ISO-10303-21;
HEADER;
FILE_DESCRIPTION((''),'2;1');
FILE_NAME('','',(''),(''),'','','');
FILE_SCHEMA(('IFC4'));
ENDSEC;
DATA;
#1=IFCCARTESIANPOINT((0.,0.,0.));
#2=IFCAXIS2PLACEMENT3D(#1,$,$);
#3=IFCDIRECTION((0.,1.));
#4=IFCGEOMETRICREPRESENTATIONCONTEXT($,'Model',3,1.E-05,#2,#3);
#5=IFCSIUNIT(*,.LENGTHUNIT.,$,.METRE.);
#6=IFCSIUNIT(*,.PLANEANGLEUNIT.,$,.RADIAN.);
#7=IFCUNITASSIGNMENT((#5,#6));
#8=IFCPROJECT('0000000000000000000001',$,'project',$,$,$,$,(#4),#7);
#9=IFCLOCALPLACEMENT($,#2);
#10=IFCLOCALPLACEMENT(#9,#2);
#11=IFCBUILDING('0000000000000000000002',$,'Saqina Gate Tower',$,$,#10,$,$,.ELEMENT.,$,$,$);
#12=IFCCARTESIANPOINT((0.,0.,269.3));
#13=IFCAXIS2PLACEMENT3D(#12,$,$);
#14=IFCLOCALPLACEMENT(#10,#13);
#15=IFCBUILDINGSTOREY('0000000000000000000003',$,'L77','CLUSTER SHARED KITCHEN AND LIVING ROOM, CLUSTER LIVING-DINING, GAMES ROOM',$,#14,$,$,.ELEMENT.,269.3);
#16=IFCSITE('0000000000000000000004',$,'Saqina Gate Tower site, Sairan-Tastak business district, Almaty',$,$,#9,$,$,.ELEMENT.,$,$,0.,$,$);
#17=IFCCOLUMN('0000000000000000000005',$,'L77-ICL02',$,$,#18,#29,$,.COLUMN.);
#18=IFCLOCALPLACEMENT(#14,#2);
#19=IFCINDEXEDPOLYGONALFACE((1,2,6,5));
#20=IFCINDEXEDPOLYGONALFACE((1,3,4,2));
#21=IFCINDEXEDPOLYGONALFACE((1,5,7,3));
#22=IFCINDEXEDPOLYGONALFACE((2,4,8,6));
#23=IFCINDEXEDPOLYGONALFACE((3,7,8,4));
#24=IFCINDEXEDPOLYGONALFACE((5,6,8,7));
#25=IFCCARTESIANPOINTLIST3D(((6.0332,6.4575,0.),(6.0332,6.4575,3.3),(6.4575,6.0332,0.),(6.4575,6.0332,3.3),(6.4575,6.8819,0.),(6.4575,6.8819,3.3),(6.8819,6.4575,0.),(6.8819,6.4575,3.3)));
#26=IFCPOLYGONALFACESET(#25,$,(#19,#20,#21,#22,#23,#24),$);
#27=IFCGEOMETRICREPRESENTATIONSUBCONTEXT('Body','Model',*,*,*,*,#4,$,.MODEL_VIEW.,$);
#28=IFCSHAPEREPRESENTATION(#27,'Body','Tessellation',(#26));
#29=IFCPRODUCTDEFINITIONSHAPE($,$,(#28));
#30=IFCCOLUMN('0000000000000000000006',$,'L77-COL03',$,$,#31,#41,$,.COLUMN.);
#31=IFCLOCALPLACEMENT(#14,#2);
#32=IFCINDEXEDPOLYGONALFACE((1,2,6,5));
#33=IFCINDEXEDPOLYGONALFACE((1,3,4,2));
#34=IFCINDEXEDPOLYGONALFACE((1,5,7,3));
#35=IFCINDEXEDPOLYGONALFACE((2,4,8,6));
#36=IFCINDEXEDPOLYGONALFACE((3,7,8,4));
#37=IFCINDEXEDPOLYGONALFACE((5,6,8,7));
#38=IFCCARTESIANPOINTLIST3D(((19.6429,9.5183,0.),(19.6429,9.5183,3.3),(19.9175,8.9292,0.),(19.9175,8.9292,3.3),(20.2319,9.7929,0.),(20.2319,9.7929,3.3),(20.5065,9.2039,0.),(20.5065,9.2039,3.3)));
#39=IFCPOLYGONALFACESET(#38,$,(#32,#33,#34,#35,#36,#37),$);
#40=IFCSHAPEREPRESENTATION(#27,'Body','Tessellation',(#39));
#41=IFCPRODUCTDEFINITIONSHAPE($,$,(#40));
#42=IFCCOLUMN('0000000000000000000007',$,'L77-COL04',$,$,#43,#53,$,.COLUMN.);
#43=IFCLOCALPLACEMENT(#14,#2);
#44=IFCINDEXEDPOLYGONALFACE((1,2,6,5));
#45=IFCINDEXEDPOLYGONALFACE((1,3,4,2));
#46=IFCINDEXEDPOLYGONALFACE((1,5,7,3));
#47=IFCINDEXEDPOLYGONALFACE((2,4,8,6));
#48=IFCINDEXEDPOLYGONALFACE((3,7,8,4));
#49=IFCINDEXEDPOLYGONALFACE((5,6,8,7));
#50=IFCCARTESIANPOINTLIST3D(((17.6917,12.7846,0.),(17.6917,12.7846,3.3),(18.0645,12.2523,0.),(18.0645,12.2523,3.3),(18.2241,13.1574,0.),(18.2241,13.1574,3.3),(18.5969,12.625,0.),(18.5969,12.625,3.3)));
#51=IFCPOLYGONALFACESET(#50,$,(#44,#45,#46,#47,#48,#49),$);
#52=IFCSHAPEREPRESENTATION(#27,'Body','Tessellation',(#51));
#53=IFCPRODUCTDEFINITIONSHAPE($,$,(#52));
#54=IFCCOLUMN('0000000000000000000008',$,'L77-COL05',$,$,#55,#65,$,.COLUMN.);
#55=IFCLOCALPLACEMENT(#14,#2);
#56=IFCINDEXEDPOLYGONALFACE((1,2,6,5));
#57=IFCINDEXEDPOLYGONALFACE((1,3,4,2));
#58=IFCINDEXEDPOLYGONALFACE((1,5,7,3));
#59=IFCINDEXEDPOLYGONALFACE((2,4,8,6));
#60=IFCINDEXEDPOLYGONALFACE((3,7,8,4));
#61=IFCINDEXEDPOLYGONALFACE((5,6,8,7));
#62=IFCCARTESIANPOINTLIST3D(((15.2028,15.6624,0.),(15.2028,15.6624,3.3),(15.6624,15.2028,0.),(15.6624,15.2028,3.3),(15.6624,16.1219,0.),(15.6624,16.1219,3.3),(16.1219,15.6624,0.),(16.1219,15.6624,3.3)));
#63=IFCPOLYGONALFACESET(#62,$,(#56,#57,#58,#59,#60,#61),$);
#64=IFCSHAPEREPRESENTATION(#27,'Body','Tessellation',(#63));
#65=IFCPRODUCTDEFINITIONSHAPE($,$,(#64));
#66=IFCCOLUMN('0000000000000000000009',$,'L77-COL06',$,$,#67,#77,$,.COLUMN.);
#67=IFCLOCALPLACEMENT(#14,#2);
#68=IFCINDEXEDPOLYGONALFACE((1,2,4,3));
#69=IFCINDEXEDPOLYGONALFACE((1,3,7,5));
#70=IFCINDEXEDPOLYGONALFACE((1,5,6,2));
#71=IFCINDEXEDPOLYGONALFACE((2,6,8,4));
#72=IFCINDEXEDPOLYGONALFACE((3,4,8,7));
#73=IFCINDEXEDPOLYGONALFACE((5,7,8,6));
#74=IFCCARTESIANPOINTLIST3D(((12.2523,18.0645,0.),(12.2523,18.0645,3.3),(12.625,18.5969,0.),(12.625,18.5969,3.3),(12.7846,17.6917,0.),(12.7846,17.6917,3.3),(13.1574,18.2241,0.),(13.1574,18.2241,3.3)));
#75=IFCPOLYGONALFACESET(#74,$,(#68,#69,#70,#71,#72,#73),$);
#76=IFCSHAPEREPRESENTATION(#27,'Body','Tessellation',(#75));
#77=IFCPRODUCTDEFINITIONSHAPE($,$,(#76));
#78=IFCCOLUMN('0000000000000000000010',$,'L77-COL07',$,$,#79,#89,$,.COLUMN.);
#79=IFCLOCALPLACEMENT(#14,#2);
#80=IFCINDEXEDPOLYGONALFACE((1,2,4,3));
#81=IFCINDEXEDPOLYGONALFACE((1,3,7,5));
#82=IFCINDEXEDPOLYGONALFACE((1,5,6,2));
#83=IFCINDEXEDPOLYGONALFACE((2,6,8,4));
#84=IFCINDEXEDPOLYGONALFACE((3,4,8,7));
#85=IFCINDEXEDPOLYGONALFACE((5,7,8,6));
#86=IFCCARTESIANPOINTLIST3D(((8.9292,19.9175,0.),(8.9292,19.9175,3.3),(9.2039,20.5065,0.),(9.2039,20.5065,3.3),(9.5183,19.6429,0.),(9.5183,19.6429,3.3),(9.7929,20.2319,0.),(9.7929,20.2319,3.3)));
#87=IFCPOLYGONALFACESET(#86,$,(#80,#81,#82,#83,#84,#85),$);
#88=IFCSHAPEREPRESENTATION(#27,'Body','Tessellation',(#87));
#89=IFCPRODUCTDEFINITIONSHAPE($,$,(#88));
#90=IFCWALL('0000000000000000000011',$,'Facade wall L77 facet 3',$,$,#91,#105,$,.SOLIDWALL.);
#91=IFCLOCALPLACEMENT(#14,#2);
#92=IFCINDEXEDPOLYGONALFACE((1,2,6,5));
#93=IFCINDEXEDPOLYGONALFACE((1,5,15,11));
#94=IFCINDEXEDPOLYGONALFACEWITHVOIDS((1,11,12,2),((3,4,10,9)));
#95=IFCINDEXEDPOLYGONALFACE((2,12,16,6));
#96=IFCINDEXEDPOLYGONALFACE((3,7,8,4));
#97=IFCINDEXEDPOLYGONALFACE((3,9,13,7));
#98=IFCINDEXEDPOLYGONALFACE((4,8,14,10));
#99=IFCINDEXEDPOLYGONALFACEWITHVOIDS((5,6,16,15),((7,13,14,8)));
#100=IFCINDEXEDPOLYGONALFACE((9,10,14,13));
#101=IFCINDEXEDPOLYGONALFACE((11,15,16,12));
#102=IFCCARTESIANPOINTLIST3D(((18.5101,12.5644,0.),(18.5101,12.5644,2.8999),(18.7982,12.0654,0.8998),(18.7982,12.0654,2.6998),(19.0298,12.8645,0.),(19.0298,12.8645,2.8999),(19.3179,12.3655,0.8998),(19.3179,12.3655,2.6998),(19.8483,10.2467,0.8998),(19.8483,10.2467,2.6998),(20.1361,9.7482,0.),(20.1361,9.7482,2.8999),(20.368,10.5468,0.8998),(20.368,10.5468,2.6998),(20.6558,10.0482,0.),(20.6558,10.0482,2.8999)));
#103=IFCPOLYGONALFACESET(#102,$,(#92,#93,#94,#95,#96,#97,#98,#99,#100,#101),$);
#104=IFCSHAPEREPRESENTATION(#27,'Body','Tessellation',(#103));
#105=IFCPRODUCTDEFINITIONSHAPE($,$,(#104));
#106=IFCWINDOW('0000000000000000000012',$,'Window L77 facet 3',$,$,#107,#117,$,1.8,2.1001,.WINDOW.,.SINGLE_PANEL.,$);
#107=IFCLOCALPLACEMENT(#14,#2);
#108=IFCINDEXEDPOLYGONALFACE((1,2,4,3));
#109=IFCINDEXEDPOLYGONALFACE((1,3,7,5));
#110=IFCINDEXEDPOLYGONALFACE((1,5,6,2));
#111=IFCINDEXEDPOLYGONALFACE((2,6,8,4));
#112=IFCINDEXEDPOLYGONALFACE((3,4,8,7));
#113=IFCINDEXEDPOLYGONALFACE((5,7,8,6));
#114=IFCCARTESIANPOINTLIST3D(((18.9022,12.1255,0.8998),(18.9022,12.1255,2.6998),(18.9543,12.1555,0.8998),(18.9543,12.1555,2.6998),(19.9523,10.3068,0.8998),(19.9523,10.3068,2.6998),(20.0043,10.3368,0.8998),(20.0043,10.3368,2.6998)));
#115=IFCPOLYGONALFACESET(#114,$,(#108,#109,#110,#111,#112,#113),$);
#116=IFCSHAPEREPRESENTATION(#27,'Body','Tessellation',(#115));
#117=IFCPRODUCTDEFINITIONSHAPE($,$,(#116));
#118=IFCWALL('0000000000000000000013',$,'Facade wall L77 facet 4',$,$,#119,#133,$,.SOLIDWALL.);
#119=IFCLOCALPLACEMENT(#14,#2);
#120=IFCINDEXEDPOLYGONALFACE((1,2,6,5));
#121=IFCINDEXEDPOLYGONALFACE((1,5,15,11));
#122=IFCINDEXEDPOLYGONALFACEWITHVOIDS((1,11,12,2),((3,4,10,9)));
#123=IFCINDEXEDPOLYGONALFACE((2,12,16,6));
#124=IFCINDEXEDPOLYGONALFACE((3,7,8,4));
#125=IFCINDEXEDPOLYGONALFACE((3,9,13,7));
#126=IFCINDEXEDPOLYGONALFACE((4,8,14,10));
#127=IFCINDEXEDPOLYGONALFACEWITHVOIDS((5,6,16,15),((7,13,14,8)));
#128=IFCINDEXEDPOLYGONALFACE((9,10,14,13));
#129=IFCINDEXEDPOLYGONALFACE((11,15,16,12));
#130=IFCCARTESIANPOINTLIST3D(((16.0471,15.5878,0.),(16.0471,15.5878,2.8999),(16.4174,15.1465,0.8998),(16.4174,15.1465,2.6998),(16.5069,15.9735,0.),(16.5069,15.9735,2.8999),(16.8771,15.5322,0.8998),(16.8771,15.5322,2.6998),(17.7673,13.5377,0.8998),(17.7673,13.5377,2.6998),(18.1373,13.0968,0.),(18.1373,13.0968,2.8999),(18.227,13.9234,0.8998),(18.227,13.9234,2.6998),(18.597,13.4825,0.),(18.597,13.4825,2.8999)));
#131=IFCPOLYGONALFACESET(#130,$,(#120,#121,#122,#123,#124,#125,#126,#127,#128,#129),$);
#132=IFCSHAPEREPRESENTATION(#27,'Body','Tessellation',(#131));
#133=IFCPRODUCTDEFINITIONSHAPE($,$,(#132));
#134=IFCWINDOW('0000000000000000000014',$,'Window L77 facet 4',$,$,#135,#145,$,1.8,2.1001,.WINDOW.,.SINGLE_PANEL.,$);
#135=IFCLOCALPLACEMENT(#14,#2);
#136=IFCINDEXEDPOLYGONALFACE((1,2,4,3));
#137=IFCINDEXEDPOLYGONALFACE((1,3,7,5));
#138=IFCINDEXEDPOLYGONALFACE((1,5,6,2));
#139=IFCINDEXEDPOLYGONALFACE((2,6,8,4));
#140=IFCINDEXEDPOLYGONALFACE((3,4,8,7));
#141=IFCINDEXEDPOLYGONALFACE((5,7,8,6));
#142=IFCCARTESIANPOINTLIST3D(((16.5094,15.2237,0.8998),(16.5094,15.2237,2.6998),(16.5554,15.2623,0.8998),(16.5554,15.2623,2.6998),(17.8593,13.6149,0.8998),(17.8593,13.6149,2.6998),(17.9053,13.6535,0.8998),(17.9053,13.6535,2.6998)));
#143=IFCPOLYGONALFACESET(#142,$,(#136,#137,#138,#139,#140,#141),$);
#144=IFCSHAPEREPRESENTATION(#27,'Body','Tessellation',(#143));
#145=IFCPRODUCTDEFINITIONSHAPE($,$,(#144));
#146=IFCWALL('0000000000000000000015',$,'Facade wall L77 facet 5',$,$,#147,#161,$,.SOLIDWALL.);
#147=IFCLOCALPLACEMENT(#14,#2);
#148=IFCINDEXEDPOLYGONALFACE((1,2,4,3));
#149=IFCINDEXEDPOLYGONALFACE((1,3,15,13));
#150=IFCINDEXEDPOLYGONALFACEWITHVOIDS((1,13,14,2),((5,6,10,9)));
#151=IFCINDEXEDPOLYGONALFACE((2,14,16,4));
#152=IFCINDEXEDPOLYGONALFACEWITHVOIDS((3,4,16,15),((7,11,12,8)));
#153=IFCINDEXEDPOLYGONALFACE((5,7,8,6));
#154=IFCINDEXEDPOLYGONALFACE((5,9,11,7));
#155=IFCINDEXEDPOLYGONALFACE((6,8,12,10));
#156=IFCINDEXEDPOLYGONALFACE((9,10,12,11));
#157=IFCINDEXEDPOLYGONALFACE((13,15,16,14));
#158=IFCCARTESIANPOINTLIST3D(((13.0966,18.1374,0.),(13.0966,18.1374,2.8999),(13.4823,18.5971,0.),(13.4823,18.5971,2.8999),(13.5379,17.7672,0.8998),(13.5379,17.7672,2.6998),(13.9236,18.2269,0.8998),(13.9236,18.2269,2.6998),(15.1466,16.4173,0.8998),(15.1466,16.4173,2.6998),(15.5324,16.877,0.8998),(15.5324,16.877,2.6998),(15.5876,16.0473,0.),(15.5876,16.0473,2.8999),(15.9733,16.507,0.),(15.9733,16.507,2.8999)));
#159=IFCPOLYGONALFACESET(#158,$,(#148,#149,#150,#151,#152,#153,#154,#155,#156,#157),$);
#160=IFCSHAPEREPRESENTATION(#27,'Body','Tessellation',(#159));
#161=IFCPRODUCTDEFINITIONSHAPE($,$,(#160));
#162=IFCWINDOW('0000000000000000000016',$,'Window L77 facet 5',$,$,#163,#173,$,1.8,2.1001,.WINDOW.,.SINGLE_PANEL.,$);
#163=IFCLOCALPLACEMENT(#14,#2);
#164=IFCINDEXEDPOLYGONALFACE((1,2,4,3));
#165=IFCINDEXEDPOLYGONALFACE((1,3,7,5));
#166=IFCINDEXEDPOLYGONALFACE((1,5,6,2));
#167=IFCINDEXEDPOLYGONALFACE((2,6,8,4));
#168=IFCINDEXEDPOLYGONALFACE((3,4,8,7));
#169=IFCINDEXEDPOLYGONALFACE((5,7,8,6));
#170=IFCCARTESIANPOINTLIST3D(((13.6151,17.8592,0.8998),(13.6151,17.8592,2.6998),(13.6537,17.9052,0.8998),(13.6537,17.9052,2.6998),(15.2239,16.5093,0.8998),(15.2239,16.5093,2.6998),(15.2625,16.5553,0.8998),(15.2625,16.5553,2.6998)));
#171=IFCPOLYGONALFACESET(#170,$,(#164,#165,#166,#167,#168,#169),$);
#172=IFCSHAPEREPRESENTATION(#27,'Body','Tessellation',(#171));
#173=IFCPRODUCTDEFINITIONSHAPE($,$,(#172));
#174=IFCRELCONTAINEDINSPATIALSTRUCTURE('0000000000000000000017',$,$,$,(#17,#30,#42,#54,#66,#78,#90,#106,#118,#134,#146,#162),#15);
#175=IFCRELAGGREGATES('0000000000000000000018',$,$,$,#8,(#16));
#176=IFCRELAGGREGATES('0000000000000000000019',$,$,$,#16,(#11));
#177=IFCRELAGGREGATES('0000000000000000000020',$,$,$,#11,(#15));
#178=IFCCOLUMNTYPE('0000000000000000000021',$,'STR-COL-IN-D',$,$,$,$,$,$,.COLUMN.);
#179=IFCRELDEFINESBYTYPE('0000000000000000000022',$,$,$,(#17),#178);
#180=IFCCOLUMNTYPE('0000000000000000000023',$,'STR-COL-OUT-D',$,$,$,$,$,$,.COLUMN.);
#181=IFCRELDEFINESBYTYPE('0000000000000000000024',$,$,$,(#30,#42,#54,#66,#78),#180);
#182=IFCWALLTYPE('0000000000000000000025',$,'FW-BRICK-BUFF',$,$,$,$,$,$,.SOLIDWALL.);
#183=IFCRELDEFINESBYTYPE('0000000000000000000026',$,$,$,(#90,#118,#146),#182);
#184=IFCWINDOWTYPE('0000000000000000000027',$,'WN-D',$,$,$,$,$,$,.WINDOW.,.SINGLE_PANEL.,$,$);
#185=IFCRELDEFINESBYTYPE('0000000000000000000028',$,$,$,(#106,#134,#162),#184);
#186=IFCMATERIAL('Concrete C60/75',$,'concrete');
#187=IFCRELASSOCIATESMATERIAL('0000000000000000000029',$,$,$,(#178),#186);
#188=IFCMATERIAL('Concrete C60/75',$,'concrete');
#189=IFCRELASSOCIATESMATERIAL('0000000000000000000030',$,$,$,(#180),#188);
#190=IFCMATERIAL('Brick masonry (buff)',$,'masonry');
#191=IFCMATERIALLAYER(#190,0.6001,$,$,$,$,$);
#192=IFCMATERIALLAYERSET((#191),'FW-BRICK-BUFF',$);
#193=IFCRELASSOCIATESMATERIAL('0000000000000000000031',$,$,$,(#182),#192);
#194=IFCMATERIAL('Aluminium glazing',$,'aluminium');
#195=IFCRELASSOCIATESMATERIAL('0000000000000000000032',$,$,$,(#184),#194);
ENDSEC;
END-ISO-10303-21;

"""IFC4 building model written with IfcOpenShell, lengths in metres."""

from ifc_helpers import new_model, si_unit, direction, frame, frame_2d, origin, origin_2d, place, context, subcontext, project, spatial, rectangle, extrude, material, layer, layer_set, material_profile, profile_set, type_object, element, fill, save


model = new_model("IFC4")

# Units and contexts
model_context = context("Model", 3, precision=1e-05, world=origin(), true_north=direction((0.0, 1.0)))
body_context = subcontext(model_context, "Body", "Model", "MODEL_VIEW")
ifc_project = project(units=[si_unit("LENGTHUNIT", "METRE"), si_unit("PLANEANGLEUNIT", "RADIAN")], contexts=[model_context])

# Site, building, storey
site_placement = place(None, origin())
site = spatial("IfcSite", under=ifc_project, at=site_placement, Name="Saqina Gate Tower site, Sairan-Tastak business district, Almaty", CompositionType="ELEMENT", RefElevation=0.0)
building_placement = place(site_placement, origin())
building = spatial("IfcBuilding", under=site, at=building_placement, Name="Saqina Gate Tower", CompositionType="ELEMENT")
storey_placement = place(building_placement, frame((0.0, 0.0, 269.3)))
storey = spatial("IfcBuildingStorey", under=building, at=storey_placement, Name="L77", Description="CLUSTER SHARED KITCHEN AND LIVING ROOM, CLUSTER LIVING-DINING, GAMES ROOM", CompositionType="ELEMENT", Elevation=269.3)

# Columns
ifc_material_1 = material(Name="Concrete C60/75", Category="concrete")
ifc_material_profile_1 = material_profile(ifc_material_1, rectangle(XDim=0.6001, YDim=0.6001, at=origin_2d()), Name="RC 600x600")
ifc_profile_set_1 = profile_set([ifc_material_profile_1], Name="Concrete C60/75")
column_type_1 = type_object("IfcColumnType", Name="STR-COL-IN-D", PredefinedType="COLUMN", material=ifc_profile_set_1)
column_placement = place(storey_placement, frame((6.4575, 6.4575, 0.0), z_axis=(0.0, 0.0, 1.0), x_axis=(0.707107, 0.707107, 0.0)))
element("IfcColumn", 1, at=column_placement, inside=storey, type_object=column_type_1, Name="L77-ICL02", PredefinedType="COLUMN", context=body_context, shape_type="SweptSolid", body=[
    extrude(rectangle(XDim=0.6001, YDim=0.6001, at=origin_2d()), origin(), (0.0, 0.0, 1.0), 3.3),
])
ifc_material_2 = material(Name="Concrete C60/75", Category="concrete")
ifc_material_profile_2 = material_profile(ifc_material_2, rectangle(XDim=0.6499, YDim=0.6499, at=origin_2d()), Name="RC 650x650")
ifc_profile_set_2 = profile_set([ifc_material_profile_2], Name="Concrete C60/75")
column_type_2 = type_object("IfcColumnType", Name="STR-COL-OUT-D", PredefinedType="COLUMN", material=ifc_profile_set_2)
for number, where, z_axis, x_axis, name in (
    (2, (20.0747, 9.3611, 0.0), (0.0, 0.0, 1.0), (0.906308, 0.422618, 0.0), "L77-COL03"),
    (3, (18.1443, 12.7048, 0.0), (0.0, 0.0, 1.0), (0.819152, 0.573576, 0.0), "L77-COL04"),
    (4, (15.6624, 15.6624, 0.0), (0.0, 0.0, 1.0), (0.707107, 0.707107, 0.0), "L77-COL05"),
    (5, (12.7048, 18.1443, 0.0), (0.0, 0.0, 1.0), (0.573576, 0.819152, 0.0), "L77-COL06"),
    (6, (9.3611, 20.0747, 0.0), (0.0, 0.0, 1.0), (0.422618, 0.906308, 0.0), "L77-COL07"),
):
    element("IfcColumn", number, at=place(storey_placement, frame(where, z_axis=z_axis, x_axis=x_axis)), inside=storey, type_object=column_type_2, Name=name, PredefinedType="COLUMN", context=body_context, shape_type="SweptSolid", body=[
        extrude(rectangle(XDim=0.6499, YDim=0.6499, at=origin_2d()), origin(), (0.0, 0.0, 1.0), 3.3),
    ])

# Walls, openings, windows
ifc_material_3 = material(Name="Brick masonry (buff)", Category="masonry")
ifc_layer_1 = layer(ifc_material_3, 0.6001)
ifc_layer_set_1 = layer_set([ifc_layer_1], Name="FW-BRICK-BUFF")
wall_type_1 = type_object("IfcWallType", Name="FW-BRICK-BUFF", PredefinedType="SOLIDWALL", material=ifc_layer_set_1)
wall_1_placement = place(storey_placement, frame((20.396, 9.8982, 0.0), z_axis=(0.0, 0.0, 1.0), x_axis=(-0.500015, 0.866017, 0.0)))
wall_1 = element("IfcWall", 7, at=wall_1_placement, inside=storey, type_object=wall_type_1, Name="Facade wall L77 facet 3", PredefinedType="SOLIDWALL", context=body_context, shape_type="SweptSolid", body=[
    extrude(rectangle(XDim=3.252, YDim=0.6001, at=frame_2d((1.626, 0.0))), origin(), (0.0, 0.0, 1.0), 2.8999),
])
opening_1_placement = place(wall_1_placement, frame((0.5757, 0.0, 0.8999)))
opening_1 = element("IfcOpeningElement", 8, at=opening_1_placement, cuts=wall_1, PredefinedType="OPENING", context=body_context, shape_type="SweptSolid", body=[
    extrude(rectangle(XDim=2.1001, YDim=1.8, at=frame_2d((1.05, 0.8999))), frame((0.0, 0.312, 0.0), z_axis=(0.0, -1.0, 0.0), x_axis=(1.0, 0.0, 0.0)), (0.0, 0.0, 1.0), 0.624),
])
ifc_material_4 = material(Name="Aluminium glazing", Category="aluminium")
window_type = type_object("IfcWindowType", Name="WN-D", PartitioningType="SINGLE_PANEL", PredefinedType="WINDOW", material=ifc_material_4)
window_1_placement = place(opening_1_placement, origin())
window_1 = element("IfcWindow", 9, at=window_1_placement, inside=storey, type_object=window_type, Name="Window L77 facet 3", OverallHeight=1.8, OverallWidth=2.1001, PartitioningType="SINGLE_PANEL", PredefinedType="WINDOW", context=body_context, shape_type="SweptSolid", body=[
    extrude(rectangle(XDim=2.1001, YDim=1.8, at=frame_2d((1.05, 0.8999))), frame((0.0, 0.1799, 0.0), z_axis=(0.0, -1.0, 0.0), x_axis=(1.0, 0.0, 0.0)), (0.0, 0.0, 1.0), 0.0601),
])
fill(opening_1, window_1)
wall_2_placement = place(storey_placement, frame((18.3672, 13.2896, 0.0), z_axis=(0.0, 0.0, 1.0), x_axis=(-0.642773, 0.766057, 0.0)))
wall_2 = element("IfcWall", 10, at=wall_2_placement, inside=storey, type_object=wall_type_1, Name="Facade wall L77 facet 4", PredefinedType="SOLIDWALL", context=body_context, shape_type="SweptSolid", body=[
    extrude(rectangle(XDim=3.2517, YDim=0.6001, at=frame_2d((1.626, 0.0))), origin(), (0.0, 0.0, 1.0), 2.8999),
])
opening_2_placement = place(wall_2_placement, frame((0.5757, 0.0, 0.8999)))
opening_2 = element("IfcOpeningElement", 11, at=opening_2_placement, cuts=wall_2, PredefinedType="OPENING", context=body_context, shape_type="SweptSolid", body=[
    extrude(rectangle(XDim=2.1001, YDim=1.8, at=frame_2d((1.05, 0.8999))), frame((0.0, 0.312, 0.0), z_axis=(0.0, -1.0, 0.0), x_axis=(1.0, 0.0, 0.0)), (0.0, 0.0, 1.0), 0.624),
])
window_2_placement = place(opening_2_placement, origin())
window_2 = element("IfcWindow", 12, at=window_2_placement, inside=storey, type_object=window_type, Name="Window L77 facet 4", OverallHeight=1.8, OverallWidth=2.1001, PartitioningType="SINGLE_PANEL", PredefinedType="WINDOW", context=body_context, shape_type="SweptSolid", body=[
    extrude(rectangle(XDim=2.1001, YDim=1.8, at=frame_2d((1.05, 0.8999))), frame((0.0, 0.1799, 0.0), z_axis=(0.0, -1.0, 0.0), x_axis=(1.0, 0.0, 0.0)), (0.0, 0.0, 1.0), 0.0601),
])
fill(opening_2, window_2)
wall_3_placement = place(storey_placement, frame((15.7805, 16.2771, 0.0), z_axis=(0.0, 0.0, 1.0), x_axis=(-0.766057, 0.642773, 0.0)))
wall_3 = element("IfcWall", 13, at=wall_3_placement, inside=storey, type_object=wall_type_1, Name="Facade wall L77 facet 5", PredefinedType="SOLIDWALL", context=body_context, shape_type="SweptSolid", body=[
    extrude(rectangle(XDim=3.2517, YDim=0.6001, at=frame_2d((1.626, 0.0))), origin(), (0.0, 0.0, 1.0), 2.8999),
])
opening_3_placement = place(wall_3_placement, frame((0.5757, 0.0, 0.8999)))
opening_3 = element("IfcOpeningElement", 14, at=opening_3_placement, cuts=wall_3, PredefinedType="OPENING", context=body_context, shape_type="SweptSolid", body=[
    extrude(rectangle(XDim=2.1001, YDim=1.8, at=frame_2d((1.05, 0.8999))), frame((0.0, 0.312, 0.0), z_axis=(0.0, -1.0, 0.0), x_axis=(1.0, 0.0, 0.0)), (0.0, 0.0, 1.0), 0.624),
])
window_3_placement = place(opening_3_placement, origin())
window_3 = element("IfcWindow", 15, at=window_3_placement, inside=storey, type_object=window_type, Name="Window L77 facet 5", OverallHeight=1.8, OverallWidth=2.1001, PartitioningType="SINGLE_PANEL", PredefinedType="WINDOW", context=body_context, shape_type="SweptSolid", body=[
    extrude(rectangle(XDim=2.1001, YDim=1.8, at=frame_2d((1.05, 0.8999))), frame((0.0, 0.1799, 0.0), z_axis=(0.0, -1.0, 0.0), x_axis=(1.0, 0.0, 0.0)), (0.0, 0.0, 1.0), 0.0601),
])
fill(opening_3, window_3)

save(model, "model.ifc")
